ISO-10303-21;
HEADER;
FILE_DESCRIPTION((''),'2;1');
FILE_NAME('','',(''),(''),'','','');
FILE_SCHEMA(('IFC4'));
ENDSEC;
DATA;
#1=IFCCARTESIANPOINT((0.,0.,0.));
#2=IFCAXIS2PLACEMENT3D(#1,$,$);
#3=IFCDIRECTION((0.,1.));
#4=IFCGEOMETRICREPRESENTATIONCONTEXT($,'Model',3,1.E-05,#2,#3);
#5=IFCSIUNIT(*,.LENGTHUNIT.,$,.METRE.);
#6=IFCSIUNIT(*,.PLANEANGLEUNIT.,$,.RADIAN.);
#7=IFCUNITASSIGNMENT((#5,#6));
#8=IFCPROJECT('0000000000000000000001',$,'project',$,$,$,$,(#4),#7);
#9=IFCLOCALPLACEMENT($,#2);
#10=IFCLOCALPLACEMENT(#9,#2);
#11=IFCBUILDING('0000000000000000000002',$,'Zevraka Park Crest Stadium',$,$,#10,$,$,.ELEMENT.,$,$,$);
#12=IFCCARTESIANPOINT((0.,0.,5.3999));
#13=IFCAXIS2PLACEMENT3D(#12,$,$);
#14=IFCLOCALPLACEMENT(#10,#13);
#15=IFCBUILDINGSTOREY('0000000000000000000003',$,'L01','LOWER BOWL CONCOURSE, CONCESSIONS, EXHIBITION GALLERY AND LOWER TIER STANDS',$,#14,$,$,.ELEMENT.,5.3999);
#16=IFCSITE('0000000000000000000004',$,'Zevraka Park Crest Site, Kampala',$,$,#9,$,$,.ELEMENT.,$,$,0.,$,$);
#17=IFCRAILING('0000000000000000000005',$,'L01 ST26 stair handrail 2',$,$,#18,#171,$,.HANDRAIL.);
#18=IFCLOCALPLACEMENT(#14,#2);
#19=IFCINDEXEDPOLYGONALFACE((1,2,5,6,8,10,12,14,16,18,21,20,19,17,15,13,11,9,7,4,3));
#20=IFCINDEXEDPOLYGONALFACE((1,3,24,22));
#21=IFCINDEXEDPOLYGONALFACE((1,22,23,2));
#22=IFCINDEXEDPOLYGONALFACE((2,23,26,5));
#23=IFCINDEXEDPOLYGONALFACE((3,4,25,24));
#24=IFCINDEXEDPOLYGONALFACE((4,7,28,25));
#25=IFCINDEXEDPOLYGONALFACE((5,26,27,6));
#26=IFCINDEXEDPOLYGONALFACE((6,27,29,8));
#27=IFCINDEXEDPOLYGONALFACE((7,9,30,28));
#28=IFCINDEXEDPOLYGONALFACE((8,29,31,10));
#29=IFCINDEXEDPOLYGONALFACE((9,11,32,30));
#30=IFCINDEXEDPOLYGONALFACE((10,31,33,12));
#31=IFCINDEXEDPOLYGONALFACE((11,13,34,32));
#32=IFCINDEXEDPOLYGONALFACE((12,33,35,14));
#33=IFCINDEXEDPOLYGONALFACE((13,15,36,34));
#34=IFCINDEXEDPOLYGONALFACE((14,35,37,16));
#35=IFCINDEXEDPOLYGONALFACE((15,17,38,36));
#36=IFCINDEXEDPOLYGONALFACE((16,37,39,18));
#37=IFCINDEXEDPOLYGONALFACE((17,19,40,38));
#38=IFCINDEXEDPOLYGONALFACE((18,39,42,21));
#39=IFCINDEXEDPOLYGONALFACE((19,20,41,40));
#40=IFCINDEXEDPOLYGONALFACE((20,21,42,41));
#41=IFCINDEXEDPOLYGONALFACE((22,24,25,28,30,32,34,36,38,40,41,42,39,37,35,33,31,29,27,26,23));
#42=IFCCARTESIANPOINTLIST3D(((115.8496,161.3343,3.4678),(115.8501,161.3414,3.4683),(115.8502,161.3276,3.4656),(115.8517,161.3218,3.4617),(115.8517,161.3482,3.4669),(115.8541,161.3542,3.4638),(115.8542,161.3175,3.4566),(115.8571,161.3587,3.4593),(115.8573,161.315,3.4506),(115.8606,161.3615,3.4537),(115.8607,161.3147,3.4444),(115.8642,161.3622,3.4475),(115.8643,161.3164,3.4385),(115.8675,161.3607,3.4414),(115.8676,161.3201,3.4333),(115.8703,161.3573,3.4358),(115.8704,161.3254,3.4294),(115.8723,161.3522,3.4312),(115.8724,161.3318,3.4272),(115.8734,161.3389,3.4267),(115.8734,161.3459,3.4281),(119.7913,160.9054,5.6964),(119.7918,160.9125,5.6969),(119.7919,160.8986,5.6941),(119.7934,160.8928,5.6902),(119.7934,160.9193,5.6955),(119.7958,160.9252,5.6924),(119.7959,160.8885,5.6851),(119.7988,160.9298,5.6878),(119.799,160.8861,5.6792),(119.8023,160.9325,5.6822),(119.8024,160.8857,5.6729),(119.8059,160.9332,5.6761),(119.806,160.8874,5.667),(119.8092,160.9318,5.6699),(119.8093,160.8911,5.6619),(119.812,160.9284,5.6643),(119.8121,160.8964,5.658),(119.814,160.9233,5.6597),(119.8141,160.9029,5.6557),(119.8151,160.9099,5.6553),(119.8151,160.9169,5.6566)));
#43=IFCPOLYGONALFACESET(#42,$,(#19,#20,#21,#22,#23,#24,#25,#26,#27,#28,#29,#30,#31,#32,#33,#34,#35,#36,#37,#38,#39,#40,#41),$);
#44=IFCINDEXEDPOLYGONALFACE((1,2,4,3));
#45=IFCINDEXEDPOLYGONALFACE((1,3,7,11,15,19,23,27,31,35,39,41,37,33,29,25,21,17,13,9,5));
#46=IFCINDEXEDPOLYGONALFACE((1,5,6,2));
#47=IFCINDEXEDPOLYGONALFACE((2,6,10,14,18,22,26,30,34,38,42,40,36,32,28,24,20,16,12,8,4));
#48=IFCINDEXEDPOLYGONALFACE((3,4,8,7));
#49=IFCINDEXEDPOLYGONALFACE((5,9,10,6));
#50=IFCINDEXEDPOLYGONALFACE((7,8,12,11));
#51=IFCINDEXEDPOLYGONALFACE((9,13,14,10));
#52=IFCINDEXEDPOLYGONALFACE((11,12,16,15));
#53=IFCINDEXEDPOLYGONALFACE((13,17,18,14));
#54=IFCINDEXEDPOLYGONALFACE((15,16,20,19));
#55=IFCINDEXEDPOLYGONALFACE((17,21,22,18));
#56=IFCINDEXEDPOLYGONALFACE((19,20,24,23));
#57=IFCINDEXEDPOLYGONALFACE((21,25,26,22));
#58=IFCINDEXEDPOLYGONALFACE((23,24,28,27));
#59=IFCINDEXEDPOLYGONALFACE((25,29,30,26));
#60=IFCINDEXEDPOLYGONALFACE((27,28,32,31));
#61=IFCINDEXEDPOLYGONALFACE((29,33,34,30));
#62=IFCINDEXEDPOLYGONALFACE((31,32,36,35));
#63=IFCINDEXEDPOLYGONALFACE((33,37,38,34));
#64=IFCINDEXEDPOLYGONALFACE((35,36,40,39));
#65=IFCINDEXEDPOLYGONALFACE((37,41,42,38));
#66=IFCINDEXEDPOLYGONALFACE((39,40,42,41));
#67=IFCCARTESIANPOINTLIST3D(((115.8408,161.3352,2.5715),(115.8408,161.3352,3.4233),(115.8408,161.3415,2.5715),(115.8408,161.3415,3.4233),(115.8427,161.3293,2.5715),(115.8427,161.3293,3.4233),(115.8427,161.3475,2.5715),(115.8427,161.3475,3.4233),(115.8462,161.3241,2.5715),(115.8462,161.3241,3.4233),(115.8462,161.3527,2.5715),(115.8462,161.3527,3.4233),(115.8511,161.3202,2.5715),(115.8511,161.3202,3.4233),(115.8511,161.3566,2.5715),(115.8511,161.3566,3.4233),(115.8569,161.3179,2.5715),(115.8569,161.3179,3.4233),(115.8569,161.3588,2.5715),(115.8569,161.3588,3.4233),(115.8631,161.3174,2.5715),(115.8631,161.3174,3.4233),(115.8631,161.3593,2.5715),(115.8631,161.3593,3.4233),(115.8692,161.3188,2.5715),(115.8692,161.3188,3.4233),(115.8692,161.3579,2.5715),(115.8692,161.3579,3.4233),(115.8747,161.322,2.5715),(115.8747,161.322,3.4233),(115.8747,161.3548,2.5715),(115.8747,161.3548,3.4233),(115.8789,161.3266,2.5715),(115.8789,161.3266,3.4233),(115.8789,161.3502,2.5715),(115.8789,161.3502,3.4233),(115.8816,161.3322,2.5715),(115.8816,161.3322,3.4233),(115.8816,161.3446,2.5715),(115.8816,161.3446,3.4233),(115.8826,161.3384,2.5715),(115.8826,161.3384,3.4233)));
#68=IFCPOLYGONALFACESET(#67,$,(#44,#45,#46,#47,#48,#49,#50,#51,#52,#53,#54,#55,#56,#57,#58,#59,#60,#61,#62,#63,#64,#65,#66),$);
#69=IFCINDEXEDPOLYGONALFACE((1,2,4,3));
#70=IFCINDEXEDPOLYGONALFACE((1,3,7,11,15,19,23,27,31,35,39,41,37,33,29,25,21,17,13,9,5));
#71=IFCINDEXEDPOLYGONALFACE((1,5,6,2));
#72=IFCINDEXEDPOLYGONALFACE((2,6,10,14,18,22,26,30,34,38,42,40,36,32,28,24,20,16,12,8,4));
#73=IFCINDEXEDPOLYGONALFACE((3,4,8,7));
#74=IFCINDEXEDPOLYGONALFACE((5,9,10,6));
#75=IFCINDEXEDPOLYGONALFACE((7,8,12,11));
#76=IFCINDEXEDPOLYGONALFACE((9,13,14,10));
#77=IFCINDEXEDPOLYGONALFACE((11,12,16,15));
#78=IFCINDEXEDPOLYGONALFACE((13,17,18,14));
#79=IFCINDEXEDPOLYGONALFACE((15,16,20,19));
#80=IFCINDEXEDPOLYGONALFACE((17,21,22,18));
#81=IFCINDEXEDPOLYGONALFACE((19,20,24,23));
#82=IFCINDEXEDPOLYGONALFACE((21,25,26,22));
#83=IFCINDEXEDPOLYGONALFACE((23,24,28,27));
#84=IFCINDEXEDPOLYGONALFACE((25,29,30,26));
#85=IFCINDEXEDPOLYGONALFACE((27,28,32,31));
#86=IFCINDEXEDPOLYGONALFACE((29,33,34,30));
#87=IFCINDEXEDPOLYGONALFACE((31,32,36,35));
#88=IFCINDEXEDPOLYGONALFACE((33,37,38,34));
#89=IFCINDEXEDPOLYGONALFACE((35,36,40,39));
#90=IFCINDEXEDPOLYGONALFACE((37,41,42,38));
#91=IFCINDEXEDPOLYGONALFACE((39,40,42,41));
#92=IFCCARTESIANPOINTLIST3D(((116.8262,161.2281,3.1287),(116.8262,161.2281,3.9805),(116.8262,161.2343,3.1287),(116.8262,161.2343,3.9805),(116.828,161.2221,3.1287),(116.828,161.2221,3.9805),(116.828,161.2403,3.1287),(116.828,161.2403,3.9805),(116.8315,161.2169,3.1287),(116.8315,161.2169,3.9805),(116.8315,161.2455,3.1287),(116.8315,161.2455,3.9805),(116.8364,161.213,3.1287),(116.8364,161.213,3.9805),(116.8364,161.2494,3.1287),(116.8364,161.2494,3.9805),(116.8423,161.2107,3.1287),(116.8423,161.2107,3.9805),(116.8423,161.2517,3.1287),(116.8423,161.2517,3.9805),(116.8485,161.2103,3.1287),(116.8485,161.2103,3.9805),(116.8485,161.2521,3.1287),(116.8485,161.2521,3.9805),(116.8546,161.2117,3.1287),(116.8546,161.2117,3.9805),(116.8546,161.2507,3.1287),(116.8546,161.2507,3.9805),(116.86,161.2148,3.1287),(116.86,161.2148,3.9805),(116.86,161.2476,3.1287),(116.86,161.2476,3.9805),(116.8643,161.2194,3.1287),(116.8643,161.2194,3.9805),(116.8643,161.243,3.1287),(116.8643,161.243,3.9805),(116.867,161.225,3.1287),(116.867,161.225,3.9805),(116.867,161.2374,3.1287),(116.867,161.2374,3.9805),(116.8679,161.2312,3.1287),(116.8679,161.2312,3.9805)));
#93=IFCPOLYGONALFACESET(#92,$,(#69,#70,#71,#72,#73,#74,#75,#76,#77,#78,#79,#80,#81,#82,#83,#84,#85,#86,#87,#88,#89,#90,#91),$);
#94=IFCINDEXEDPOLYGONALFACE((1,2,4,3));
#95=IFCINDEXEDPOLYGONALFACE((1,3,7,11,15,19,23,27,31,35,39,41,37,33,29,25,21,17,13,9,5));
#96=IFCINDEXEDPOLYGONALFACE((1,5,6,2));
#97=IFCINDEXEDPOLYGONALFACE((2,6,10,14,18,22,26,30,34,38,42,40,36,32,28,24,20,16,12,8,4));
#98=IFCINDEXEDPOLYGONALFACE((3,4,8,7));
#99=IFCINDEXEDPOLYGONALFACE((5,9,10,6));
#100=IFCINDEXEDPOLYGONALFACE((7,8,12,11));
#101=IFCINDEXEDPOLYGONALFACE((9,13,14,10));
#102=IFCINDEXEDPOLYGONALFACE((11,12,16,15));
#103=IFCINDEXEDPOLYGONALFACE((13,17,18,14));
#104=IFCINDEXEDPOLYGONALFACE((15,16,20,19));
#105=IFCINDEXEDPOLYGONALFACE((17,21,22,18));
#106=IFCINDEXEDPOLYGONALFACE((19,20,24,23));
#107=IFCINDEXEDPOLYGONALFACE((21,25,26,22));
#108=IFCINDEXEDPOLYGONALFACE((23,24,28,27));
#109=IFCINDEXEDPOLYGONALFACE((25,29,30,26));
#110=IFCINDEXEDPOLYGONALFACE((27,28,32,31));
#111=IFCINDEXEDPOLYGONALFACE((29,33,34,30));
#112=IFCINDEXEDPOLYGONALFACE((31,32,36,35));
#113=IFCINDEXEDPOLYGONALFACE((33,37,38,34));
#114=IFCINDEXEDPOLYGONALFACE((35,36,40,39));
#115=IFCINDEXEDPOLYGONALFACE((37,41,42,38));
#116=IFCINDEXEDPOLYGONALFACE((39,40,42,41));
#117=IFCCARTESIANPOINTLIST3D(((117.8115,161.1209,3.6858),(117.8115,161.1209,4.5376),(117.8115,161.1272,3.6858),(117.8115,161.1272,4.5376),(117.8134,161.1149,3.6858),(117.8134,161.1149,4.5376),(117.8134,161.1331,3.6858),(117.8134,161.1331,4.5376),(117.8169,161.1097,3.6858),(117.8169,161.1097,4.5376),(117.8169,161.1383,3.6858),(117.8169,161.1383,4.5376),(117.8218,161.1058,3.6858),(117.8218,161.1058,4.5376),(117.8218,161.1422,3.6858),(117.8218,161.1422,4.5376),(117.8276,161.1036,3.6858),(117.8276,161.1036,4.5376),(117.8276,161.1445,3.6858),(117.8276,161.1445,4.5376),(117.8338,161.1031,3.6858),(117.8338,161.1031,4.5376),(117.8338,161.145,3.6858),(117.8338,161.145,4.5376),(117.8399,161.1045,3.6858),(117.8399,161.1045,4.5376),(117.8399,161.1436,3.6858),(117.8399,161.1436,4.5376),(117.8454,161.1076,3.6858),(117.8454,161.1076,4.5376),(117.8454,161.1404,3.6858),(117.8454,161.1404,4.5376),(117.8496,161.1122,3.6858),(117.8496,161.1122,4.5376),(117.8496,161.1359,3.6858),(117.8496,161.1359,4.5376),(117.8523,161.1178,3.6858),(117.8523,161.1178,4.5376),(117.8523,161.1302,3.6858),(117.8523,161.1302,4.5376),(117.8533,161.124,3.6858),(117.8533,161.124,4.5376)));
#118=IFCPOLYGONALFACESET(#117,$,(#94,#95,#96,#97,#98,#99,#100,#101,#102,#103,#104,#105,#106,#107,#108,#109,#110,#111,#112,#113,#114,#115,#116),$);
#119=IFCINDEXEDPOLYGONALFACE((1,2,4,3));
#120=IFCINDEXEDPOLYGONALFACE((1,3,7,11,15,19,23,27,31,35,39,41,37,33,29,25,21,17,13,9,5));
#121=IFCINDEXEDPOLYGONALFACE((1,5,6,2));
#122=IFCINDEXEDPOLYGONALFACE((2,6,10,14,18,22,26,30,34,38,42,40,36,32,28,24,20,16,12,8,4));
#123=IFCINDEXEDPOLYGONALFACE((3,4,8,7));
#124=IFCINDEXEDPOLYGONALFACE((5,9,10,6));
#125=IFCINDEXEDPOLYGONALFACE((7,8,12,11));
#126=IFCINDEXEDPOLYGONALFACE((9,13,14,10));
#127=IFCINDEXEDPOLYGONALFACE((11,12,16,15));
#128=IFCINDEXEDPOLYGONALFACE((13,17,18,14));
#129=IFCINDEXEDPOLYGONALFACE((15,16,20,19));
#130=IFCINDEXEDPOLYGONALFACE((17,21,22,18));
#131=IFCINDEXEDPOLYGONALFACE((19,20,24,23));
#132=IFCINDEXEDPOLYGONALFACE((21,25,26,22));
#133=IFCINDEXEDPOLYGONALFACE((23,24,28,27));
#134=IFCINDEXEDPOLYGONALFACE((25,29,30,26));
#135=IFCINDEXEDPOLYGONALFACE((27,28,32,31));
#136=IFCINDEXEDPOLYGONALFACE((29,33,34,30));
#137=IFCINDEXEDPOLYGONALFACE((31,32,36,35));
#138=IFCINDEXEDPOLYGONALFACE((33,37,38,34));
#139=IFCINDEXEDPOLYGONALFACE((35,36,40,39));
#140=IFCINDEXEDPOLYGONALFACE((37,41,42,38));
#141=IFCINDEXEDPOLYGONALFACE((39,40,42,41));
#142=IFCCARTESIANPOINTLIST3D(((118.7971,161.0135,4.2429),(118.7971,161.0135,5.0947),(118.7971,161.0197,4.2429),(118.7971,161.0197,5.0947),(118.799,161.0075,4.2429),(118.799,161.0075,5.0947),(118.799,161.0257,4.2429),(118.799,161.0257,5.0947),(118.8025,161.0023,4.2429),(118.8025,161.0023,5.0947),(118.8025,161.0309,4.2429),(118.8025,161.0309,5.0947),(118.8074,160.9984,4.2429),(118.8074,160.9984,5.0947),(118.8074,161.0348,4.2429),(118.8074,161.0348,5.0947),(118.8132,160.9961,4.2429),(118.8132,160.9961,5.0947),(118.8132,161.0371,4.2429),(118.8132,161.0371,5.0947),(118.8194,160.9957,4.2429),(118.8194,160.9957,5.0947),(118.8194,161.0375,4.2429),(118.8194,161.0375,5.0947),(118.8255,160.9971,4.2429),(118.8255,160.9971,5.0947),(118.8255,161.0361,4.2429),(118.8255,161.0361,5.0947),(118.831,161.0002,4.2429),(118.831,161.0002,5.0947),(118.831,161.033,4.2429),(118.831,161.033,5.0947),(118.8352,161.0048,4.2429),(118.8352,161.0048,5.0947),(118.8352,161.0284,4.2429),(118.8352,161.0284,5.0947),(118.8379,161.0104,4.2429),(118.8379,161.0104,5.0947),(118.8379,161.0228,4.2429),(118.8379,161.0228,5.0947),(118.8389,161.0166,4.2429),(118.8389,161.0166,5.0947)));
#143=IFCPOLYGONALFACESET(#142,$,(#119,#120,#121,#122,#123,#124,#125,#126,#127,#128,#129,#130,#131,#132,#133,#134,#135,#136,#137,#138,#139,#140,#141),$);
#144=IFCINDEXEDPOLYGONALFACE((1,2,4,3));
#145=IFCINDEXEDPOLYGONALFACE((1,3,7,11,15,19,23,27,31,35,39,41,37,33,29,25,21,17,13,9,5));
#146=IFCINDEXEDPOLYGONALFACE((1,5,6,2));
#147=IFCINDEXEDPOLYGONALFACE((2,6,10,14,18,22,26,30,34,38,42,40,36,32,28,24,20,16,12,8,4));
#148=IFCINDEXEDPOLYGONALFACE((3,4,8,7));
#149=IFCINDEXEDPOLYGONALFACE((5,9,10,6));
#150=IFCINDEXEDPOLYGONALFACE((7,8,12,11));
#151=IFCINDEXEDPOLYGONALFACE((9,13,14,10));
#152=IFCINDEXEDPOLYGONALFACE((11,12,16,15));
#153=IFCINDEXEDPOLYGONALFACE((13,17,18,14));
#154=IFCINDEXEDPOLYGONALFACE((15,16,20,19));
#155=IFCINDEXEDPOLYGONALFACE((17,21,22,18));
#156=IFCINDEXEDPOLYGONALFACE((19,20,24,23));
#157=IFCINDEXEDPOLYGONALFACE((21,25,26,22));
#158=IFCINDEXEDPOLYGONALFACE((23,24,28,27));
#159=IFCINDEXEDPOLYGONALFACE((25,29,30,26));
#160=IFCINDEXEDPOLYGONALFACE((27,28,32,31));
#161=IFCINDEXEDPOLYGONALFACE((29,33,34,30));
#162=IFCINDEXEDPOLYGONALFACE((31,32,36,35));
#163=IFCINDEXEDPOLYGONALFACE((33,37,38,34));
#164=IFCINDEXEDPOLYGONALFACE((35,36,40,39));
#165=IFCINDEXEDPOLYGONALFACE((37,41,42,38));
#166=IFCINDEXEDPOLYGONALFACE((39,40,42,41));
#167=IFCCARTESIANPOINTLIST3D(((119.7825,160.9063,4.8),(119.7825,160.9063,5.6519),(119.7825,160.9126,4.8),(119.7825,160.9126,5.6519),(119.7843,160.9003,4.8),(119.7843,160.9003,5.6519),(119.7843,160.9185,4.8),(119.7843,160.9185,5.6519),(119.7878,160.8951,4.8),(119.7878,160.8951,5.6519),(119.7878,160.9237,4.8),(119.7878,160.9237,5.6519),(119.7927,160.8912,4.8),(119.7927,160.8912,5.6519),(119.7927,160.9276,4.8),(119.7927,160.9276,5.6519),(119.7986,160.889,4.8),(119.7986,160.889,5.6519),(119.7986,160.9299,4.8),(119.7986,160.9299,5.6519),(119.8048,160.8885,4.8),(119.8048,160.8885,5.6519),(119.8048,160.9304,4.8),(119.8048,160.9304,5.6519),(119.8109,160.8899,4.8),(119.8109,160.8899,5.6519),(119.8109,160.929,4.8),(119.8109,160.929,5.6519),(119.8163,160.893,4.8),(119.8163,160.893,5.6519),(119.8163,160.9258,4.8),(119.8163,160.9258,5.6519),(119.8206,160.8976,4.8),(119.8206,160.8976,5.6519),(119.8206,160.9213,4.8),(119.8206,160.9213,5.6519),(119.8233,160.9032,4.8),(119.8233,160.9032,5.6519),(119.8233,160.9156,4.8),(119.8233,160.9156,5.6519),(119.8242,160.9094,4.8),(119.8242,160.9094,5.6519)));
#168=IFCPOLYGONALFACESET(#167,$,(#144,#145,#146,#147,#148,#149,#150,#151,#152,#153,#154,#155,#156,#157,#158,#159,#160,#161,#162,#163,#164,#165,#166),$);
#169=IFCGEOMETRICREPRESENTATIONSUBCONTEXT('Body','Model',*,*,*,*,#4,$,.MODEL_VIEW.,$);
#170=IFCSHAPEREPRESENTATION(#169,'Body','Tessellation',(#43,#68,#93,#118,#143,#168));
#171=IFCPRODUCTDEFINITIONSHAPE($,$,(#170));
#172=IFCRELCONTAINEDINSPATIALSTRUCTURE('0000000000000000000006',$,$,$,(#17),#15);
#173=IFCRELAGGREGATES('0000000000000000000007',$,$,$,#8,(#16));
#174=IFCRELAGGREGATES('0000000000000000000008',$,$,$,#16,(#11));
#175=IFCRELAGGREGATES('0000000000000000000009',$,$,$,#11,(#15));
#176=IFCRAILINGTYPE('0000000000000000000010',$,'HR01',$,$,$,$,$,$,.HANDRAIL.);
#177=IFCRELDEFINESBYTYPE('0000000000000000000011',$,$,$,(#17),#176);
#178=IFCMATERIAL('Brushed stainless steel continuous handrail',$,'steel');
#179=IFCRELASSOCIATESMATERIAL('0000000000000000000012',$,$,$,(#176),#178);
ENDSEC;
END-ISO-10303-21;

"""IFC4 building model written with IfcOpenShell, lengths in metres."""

from ifc_helpers import new_model, si_unit, direction, frame, origin, origin_2d, place, context, subcontext, project, spatial, circle, extrude, material, type_object, element, save


model = new_model("IFC4")

# Units and contexts
model_context = context("Model", 3, precision=1e-05, world=origin(), true_north=direction((0.0, 1.0)))
body_context = subcontext(model_context, "Body", "Model", "MODEL_VIEW")
ifc_project = project(units=[si_unit("LENGTHUNIT", "METRE"), si_unit("PLANEANGLEUNIT", "RADIAN")], contexts=[model_context])

# Site, building, storey
site_placement = place(None, origin())
site = spatial("IfcSite", under=ifc_project, at=site_placement, Name="Zevraka Park Crest Site, Kampala", CompositionType="ELEMENT", RefElevation=0.0)
building_placement = place(site_placement, origin())
building = spatial("IfcBuilding", under=site, at=building_placement, Name="Zevraka Park Crest Stadium", CompositionType="ELEMENT")
storey_placement = place(building_placement, frame((0.0, 0.0, 5.3999)))
storey = spatial("IfcBuildingStorey", under=building, at=storey_placement, Name="L01", Description="LOWER BOWL CONCOURSE, CONCESSIONS, EXHIBITION GALLERY AND LOWER TIER STANDS", CompositionType="ELEMENT", Elevation=5.3999)

# Railing
ifc_material_1 = material(Name="Brushed stainless steel continuous handrail", Category="steel")
railing_type_1 = type_object("IfcRailingType", Name="HR01", PredefinedType="HANDRAIL", material=ifc_material_1)
railing_1_placement = place(storey_placement, frame((115.8616, 161.3384, 2.5715)))
element("IfcRailing", 1, at=railing_1_placement, inside=storey, type_object=railing_type_1, Name="L01 ST26 stair handrail 2", PredefinedType="HANDRAIL", context=body_context, shape_type="SweptSolid", body=[
    extrude(circle(Radius=0.0239, at=origin_2d()), frame((0.0, 0.0, 0.876), z_axis=(0.866624, -0.094311, 0.489968), x_axis=(0.108188, 0.994131, 0.0)), (0.0, 0.0, 1.0), 4.5483),
    extrude(circle(Radius=0.021, at=origin_2d()), origin(), (0.0, 0.0, 1.0), 0.8518),
    extrude(circle(Radius=0.021, at=origin_2d()), frame((0.9854, -0.1072, 0.5571)), (0.0, 0.0, 1.0), 0.8518),
    extrude(circle(Radius=0.021, at=origin_2d()), frame((1.9707, -0.2144, 1.1143)), (0.0, 0.0, 1.0), 0.8518),
    extrude(circle(Radius=0.021, at=origin_2d()), frame((2.9563, -0.3218, 1.6714)), (0.0, 0.0, 1.0), 0.8518),
    extrude(circle(Radius=0.021, at=origin_2d()), frame((3.9417, -0.429, 2.2285)), (0.0, 0.0, 1.0), 0.8518),
])

save(model, "model.ifc")
